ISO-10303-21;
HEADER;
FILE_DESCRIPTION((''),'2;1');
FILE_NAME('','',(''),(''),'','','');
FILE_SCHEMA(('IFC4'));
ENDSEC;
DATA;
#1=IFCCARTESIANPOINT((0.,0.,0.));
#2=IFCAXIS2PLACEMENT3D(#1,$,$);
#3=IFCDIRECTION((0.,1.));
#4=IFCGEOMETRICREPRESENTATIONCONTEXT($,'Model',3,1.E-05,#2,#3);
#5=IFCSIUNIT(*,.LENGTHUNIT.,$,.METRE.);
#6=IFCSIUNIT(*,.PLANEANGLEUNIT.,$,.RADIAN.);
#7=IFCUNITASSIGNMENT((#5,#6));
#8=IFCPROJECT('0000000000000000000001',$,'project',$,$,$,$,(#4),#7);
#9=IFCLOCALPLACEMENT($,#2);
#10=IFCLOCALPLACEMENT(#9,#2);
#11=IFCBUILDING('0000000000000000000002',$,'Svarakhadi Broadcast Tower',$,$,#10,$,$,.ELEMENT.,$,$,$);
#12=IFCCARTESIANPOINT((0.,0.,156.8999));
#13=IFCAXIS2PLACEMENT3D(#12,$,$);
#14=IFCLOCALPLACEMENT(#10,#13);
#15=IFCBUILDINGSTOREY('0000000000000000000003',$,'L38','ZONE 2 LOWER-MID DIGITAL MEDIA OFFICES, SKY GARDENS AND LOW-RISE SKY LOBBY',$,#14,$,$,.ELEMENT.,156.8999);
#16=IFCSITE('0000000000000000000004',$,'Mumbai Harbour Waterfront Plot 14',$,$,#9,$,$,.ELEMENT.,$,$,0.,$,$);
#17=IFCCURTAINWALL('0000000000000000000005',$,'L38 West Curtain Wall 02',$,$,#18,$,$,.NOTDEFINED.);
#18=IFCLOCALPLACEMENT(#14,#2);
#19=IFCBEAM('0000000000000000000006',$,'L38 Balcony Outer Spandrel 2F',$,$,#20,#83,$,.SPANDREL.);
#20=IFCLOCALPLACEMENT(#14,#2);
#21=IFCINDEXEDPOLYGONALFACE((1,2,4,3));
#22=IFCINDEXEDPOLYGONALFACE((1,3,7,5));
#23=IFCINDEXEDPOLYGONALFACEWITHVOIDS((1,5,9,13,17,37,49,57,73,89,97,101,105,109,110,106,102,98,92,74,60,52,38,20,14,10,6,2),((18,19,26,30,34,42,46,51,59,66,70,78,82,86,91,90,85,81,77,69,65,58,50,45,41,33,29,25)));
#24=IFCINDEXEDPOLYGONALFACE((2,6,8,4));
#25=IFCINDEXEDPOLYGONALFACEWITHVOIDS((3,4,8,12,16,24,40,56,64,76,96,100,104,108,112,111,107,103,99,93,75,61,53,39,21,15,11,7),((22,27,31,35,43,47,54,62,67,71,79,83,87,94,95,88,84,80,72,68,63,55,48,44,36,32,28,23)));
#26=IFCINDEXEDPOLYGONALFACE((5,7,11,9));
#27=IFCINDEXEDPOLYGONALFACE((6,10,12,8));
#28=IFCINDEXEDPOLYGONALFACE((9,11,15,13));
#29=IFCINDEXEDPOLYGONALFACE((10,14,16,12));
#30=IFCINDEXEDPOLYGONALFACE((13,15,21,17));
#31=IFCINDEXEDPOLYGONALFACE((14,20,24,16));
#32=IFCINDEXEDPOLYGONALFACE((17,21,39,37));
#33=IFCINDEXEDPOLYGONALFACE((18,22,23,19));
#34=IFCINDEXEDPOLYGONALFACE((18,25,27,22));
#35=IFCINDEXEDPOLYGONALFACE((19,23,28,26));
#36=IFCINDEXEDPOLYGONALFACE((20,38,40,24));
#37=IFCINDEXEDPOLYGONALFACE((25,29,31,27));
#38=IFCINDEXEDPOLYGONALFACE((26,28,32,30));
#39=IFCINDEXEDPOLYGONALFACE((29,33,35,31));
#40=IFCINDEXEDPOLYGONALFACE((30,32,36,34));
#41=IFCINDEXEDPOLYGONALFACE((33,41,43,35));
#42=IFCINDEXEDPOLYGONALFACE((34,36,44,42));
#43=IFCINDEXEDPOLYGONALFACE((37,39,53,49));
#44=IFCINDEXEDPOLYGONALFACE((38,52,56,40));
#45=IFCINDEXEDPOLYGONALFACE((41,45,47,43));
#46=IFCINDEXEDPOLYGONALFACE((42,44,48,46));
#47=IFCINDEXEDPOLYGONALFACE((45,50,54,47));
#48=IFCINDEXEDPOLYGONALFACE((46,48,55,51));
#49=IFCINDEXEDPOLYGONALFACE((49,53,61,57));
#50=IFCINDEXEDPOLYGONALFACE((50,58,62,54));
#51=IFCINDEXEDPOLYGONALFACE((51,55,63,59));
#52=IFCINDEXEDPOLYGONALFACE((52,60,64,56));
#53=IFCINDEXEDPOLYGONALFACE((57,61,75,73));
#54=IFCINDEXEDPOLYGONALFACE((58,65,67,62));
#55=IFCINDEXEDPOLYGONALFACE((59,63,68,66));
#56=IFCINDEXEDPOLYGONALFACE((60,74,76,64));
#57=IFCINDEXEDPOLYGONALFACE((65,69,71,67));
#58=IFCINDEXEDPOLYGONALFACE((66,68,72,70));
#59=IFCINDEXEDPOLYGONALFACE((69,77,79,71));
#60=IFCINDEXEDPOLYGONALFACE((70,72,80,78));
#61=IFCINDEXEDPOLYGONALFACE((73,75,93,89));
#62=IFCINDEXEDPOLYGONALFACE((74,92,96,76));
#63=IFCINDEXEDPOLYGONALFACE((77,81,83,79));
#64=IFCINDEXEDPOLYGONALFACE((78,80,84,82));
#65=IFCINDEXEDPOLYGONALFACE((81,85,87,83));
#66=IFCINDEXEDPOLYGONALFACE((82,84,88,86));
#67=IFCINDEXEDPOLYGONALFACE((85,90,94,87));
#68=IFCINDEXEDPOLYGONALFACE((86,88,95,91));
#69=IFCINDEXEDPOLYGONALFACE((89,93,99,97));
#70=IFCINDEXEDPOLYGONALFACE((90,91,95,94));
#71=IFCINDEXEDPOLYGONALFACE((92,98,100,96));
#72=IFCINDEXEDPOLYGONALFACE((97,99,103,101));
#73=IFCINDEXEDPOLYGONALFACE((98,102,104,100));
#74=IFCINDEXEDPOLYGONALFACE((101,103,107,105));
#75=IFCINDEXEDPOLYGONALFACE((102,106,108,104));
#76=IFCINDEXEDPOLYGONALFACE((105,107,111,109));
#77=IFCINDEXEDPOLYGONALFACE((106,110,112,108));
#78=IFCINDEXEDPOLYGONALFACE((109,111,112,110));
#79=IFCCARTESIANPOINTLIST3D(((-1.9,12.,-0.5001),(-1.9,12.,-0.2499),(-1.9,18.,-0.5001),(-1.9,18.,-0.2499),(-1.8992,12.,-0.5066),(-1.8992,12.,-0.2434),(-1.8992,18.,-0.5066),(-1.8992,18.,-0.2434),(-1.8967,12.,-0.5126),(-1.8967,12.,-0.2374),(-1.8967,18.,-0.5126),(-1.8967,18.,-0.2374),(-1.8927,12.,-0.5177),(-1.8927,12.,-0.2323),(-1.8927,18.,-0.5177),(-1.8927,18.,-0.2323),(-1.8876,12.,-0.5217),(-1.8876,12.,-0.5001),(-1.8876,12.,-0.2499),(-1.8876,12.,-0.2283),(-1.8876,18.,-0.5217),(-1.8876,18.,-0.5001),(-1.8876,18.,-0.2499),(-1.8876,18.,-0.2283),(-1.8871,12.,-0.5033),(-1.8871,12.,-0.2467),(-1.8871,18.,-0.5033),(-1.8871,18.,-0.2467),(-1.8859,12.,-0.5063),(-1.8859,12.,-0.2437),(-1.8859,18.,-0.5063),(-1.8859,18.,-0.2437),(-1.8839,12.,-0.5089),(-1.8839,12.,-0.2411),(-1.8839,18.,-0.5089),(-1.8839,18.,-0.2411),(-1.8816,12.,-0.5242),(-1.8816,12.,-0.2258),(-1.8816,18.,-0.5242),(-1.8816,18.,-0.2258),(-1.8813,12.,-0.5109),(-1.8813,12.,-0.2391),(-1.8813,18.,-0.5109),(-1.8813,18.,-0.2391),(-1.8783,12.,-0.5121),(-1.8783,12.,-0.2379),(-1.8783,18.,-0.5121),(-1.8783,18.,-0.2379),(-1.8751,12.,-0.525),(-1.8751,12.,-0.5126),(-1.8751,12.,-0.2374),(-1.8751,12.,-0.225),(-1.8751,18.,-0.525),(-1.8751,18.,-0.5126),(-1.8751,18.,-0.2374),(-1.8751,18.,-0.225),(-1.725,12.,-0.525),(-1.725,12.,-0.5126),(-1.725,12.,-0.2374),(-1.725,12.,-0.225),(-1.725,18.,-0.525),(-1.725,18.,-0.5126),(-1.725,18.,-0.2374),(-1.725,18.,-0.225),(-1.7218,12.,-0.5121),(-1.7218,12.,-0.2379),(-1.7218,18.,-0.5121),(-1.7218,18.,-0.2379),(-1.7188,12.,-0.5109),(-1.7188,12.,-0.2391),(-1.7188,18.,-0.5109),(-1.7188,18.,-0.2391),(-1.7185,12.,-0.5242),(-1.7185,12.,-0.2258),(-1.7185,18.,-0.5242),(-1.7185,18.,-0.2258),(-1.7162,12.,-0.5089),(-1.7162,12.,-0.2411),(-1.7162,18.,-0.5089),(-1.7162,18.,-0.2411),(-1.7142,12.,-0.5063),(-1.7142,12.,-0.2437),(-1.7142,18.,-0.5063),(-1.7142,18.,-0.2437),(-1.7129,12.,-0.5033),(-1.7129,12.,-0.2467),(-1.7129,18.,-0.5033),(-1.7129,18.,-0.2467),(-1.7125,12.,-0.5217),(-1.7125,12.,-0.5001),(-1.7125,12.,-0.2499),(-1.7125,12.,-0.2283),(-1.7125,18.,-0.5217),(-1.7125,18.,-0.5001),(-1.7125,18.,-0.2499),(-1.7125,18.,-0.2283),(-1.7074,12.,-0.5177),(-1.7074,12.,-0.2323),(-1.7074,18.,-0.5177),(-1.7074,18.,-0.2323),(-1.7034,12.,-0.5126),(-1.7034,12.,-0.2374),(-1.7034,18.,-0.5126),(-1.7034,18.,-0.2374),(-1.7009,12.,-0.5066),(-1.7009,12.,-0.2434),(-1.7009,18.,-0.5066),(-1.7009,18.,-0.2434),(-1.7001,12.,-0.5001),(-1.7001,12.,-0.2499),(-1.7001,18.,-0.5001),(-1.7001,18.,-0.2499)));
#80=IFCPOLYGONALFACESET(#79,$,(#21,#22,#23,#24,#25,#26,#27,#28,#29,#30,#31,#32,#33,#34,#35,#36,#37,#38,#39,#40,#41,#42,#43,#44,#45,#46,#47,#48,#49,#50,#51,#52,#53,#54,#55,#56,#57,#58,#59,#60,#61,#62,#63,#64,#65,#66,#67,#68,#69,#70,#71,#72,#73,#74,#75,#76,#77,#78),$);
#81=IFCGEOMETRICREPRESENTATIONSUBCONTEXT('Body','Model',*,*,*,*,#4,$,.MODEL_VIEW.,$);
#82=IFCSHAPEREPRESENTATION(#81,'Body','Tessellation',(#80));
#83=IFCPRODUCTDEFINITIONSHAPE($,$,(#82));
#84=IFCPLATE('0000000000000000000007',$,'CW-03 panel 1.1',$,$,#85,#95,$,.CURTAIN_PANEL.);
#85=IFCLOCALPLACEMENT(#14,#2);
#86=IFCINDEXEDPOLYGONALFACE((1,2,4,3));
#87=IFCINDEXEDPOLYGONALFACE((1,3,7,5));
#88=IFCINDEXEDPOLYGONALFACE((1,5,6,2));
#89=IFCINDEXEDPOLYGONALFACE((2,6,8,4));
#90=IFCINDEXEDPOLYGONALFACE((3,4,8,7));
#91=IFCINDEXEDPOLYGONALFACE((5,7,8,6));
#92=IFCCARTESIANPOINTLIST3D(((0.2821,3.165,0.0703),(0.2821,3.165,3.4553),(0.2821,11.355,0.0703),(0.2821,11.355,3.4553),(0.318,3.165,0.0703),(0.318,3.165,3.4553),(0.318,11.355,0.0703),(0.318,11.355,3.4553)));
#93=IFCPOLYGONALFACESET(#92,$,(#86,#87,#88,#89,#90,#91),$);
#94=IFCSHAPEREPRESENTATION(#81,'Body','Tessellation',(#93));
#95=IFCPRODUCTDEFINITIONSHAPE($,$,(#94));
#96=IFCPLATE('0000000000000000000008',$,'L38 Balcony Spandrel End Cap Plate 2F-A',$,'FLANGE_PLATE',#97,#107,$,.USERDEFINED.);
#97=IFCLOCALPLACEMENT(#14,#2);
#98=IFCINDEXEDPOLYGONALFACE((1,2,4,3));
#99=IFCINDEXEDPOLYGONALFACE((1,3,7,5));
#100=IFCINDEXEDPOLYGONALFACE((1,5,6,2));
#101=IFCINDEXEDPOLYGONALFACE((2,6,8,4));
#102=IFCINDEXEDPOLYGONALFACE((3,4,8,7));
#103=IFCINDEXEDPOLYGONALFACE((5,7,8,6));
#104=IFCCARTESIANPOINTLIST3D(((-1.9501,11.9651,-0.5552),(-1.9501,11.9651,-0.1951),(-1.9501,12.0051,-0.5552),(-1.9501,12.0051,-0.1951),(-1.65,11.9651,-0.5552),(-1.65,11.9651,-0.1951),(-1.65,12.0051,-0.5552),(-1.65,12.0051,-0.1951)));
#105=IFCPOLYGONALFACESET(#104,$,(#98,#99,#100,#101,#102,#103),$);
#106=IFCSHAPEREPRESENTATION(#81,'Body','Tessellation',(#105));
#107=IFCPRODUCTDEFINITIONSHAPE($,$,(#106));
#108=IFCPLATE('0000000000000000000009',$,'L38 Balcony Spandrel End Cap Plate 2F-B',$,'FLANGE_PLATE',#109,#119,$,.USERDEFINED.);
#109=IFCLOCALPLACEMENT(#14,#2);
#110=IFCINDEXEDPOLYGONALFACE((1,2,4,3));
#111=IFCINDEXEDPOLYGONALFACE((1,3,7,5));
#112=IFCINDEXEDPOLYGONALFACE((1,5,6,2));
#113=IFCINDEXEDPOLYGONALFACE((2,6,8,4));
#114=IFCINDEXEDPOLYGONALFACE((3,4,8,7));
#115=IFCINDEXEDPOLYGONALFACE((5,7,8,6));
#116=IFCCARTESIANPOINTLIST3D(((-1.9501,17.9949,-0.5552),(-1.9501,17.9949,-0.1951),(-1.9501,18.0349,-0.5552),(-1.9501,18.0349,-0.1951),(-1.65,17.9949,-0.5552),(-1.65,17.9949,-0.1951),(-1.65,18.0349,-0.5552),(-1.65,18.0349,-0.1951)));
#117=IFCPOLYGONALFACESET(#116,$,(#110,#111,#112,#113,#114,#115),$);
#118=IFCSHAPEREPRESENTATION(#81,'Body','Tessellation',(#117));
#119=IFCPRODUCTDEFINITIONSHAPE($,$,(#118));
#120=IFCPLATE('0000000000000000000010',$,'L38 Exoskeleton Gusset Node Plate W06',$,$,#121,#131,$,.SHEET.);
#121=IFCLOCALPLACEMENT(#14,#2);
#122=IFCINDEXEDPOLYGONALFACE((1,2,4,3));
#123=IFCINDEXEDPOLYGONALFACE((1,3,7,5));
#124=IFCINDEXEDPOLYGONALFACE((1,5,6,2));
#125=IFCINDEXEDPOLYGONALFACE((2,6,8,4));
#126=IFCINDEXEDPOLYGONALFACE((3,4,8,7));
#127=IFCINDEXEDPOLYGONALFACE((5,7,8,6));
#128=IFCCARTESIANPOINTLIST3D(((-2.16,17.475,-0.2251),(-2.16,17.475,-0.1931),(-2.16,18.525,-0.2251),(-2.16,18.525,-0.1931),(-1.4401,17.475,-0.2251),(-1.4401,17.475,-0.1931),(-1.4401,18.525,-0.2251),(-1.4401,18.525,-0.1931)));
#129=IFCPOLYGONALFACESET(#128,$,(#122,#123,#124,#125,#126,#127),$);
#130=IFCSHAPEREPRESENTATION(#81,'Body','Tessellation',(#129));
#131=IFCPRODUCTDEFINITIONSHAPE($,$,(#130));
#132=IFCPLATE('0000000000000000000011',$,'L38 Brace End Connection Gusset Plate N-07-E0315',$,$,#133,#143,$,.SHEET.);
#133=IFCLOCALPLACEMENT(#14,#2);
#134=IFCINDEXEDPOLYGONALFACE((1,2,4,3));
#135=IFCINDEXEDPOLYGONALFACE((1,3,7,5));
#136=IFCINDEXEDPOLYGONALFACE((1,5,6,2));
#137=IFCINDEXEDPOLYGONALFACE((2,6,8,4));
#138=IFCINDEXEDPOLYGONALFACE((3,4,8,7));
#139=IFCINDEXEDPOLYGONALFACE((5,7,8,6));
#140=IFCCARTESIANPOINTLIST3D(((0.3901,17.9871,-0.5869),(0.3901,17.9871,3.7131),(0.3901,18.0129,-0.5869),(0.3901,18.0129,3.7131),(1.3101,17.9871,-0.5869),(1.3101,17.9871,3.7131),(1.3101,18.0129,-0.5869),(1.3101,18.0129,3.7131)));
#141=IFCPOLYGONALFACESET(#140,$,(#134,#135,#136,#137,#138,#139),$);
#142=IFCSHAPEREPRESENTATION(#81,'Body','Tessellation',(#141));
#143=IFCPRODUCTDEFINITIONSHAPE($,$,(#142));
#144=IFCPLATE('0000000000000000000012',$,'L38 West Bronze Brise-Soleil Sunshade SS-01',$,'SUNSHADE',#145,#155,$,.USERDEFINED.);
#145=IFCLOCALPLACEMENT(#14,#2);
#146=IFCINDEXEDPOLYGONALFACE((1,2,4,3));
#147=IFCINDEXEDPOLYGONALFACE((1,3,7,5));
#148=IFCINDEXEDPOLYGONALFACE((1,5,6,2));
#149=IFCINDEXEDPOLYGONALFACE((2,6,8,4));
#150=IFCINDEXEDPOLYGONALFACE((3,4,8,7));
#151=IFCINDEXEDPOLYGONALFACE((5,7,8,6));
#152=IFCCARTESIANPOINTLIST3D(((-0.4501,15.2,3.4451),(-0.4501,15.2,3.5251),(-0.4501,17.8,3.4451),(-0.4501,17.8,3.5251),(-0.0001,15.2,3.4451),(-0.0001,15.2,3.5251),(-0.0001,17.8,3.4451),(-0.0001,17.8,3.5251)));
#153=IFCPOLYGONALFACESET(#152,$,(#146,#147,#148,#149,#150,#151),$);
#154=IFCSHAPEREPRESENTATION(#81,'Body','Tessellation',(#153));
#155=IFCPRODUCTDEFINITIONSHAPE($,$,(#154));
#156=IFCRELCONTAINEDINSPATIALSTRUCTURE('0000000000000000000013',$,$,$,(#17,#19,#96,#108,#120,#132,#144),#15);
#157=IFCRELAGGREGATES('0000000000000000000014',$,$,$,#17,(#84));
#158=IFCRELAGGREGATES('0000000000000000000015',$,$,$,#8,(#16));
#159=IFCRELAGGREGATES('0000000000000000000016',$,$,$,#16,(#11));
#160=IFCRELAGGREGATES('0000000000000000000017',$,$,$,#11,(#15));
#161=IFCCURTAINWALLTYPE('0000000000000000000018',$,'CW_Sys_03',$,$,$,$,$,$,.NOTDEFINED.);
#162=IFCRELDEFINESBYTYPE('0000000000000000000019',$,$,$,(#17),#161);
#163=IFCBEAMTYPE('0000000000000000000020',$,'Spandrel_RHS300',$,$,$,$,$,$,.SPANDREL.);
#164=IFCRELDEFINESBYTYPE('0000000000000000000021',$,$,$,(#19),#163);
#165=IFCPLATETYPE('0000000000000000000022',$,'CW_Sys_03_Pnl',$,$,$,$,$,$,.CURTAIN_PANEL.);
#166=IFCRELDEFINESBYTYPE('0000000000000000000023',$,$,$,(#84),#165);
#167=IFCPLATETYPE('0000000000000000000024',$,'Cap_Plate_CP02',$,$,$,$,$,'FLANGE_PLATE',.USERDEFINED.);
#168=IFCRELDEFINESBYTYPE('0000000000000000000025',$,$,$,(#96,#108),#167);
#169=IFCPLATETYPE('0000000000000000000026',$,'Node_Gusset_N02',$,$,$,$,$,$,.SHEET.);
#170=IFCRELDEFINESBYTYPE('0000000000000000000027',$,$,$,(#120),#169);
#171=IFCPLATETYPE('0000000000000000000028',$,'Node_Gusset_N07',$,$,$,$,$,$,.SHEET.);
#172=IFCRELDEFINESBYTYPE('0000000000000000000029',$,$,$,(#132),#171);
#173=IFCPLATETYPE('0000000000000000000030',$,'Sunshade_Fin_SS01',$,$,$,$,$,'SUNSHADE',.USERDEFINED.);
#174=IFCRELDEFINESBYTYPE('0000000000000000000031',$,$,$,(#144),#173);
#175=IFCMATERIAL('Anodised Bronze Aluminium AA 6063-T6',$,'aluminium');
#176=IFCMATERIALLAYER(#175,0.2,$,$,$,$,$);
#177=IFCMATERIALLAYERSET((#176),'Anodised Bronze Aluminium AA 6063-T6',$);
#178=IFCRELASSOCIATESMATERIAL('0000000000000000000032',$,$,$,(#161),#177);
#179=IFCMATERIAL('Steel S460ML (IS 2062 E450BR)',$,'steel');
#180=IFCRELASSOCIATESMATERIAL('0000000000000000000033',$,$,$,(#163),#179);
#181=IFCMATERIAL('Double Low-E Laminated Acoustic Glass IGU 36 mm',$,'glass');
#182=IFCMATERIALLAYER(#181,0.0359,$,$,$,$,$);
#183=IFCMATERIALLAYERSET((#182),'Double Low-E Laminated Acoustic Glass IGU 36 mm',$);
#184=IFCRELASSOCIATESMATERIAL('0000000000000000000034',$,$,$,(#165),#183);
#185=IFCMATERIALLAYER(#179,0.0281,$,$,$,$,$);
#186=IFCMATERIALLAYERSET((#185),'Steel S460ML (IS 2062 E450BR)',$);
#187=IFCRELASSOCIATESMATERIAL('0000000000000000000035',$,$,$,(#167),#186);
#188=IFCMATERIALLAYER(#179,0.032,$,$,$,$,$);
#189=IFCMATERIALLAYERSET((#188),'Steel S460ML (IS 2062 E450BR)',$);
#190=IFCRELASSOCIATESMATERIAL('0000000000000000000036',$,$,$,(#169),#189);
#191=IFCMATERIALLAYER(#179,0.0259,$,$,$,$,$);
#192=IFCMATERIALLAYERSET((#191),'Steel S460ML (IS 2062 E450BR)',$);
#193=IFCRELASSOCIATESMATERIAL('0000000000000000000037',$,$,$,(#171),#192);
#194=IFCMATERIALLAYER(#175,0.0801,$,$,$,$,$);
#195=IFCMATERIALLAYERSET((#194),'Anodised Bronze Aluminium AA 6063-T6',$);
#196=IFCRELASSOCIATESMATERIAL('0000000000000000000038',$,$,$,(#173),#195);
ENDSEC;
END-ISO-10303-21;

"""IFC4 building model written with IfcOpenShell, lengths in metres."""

from ifc_helpers import new_model, si_unit, direction, frame, origin, origin_2d, place, context, subcontext, project, spatial, rectangle, hollow_rectangle, extrude, material, layer, layer_set, material_profile, profile_set, type_object, element, aggregate, save


model = new_model("IFC4")

# Units and contexts
model_context = context("Model", 3, precision=1e-05, world=origin(), true_north=direction((0.0, 1.0)))
body_context = subcontext(model_context, "Body", "Model", "MODEL_VIEW")
ifc_project = project(units=[si_unit("LENGTHUNIT", "METRE"), si_unit("PLANEANGLEUNIT", "RADIAN")], contexts=[model_context])

# Site, building, storey
site_placement = place(None, origin())
site = spatial("IfcSite", under=ifc_project, at=site_placement, Name="Mumbai Harbour Waterfront Plot 14", CompositionType="ELEMENT", RefElevation=0.0)
building_placement = place(site_placement, origin())
building = spatial("IfcBuilding", under=site, at=building_placement, Name="Svarakhadi Broadcast Tower", CompositionType="ELEMENT")
storey_placement = place(building_placement, frame((0.0, 0.0, 156.8999)))
storey = spatial("IfcBuildingStorey", under=building, at=storey_placement, Name="L38", Description="ZONE 2 LOWER-MID DIGITAL MEDIA OFFICES, SKY GARDENS AND LOW-RISE SKY LOBBY", CompositionType="ELEMENT", Elevation=156.8999)

# Shared definitions
ifc_material_1 = material(Name="Steel S460ML (IS 2062 E450BR)", Category="steel")

# Curtain wall
ifc_material_2 = material(Name="Anodised Bronze Aluminium AA 6063-T6", Category="aluminium")
ifc_layer_1 = layer(ifc_material_2, 0.2)
ifc_layer_set_1 = layer_set([ifc_layer_1], Name="Anodised Bronze Aluminium AA 6063-T6")
curtain_wall_type = type_object("IfcCurtainWallType", Name="CW_Sys_03", PredefinedType="NOTDEFINED", material=ifc_layer_set_1)
curtain_wall_placement = place(storey_placement, origin())
curtain_wall = element("IfcCurtainWall", 1, at=curtain_wall_placement, inside=storey, type_object=curtain_wall_type, Name="L38 West Curtain Wall 02", PredefinedType="NOTDEFINED")

# Beam
ifc_material_profile_1 = material_profile(ifc_material_1, hollow_rectangle(XDim=0.2, YDim=0.3, WallThickness=0.0125, InnerFilletRadius=0.0125, OuterFilletRadius=0.0249, at=origin_2d()), Name="RHS 300x200x12.5")
ifc_profile_set_1 = profile_set([ifc_material_profile_1], Name="Steel S460ML (IS 2062 E450BR)")
beam_type_1 = type_object("IfcBeamType", Name="Spandrel_RHS300", PredefinedType="SPANDREL", material=ifc_profile_set_1)
beam_1_placement = place(storey_placement, frame((-1.8, 12.0, -0.375), z_axis=(0.0, 1.0, 0.0), x_axis=(-1.0, 0.0, 0.0)))
element("IfcBeam", 2, at=beam_1_placement, inside=storey, type_object=beam_type_1, Name="L38 Balcony Outer Spandrel 2F", PredefinedType="SPANDREL", context=body_context, shape_type="SweptSolid", body=[
    extrude(hollow_rectangle(XDim=0.2, YDim=0.3, WallThickness=0.0125, InnerFilletRadius=0.0125, OuterFilletRadius=0.0249, at=origin_2d()), origin(), (0.0, 0.0, 1.0), 6.0),
])

# Plate
ifc_material_3 = material(Name="Double Low-E Laminated Acoustic Glass IGU 36 mm", Category="glass")
ifc_layer_2 = layer(ifc_material_3, 0.0359)
ifc_layer_set_2 = layer_set([ifc_layer_2], Name="Double Low-E Laminated Acoustic Glass IGU 36 mm")
plate_type_1 = type_object("IfcPlateType", Name="CW_Sys_03_Pnl", PredefinedType="CURTAIN_PANEL", material=ifc_layer_set_2)
plate_1_placement = place(storey_placement, frame((0.3, 7.26, 0.0703), z_axis=(0.0, 0.0, 1.0), x_axis=(0.0, 1.0, 0.0)))
plate_1 = element("IfcPlate", 3, at=plate_1_placement, type_object=plate_type_1, Name="CW-03 panel 1.1", PredefinedType="CURTAIN_PANEL", context=body_context, shape_type="SweptSolid", body=[
    extrude(rectangle(XDim=8.1899, YDim=0.0359, at=origin_2d()), origin(), (0.0, 0.0, 1.0), 3.385),
])
aggregate(curtain_wall, [plate_1])

# Plates
ifc_layer_3 = layer(ifc_material_1, 0.0281)
ifc_layer_set_3 = layer_set([ifc_layer_3], Name="Steel S460ML (IS 2062 E450BR)")
plate_type_2 = type_object("IfcPlateType", Name="Cap_Plate_CP02", ElementType="FLANGE_PLATE", PredefinedType="USERDEFINED", material=ifc_layer_set_3)
for number, where, z_axis, x_axis, name in (
    (4, (-1.8, 11.9851, -0.5552), (0.0, 0.0, 1.0), (1.0, 0.0, 0.0), "L38 Balcony Spandrel End Cap Plate 2F-A"),
    (5, (-1.8, 18.0149, -0.5552), (0.0, 0.0, 1.0), (1.0, 0.0, 0.0), "L38 Balcony Spandrel End Cap Plate 2F-B"),
):
    element("IfcPlate", number, at=place(storey_placement, frame(where, z_axis=z_axis, x_axis=x_axis)), inside=storey, type_object=plate_type_2, Name=name, ObjectType="FLANGE_PLATE", PredefinedType="USERDEFINED", context=body_context, shape_type="SweptSolid", body=[
        extrude(rectangle(XDim=0.3, YDim=0.04, at=origin_2d()), origin(), (0.0, 0.0, 1.0), 0.3601),
    ])
ifc_layer_4 = layer(ifc_material_1, 0.032)
ifc_layer_set_4 = layer_set([ifc_layer_4], Name="Steel S460ML (IS 2062 E450BR)")
plate_type_3 = type_object("IfcPlateType", Name="Node_Gusset_N02", PredefinedType="SHEET", material=ifc_layer_set_4)
plate_2_placement = place(storey_placement, frame((-1.8, 18.0, -0.2251), z_axis=(0.0, 0.0, 1.0), x_axis=(0.0, 1.0, 0.0)))
element("IfcPlate", 6, at=plate_2_placement, inside=storey, type_object=plate_type_3, Name="L38 Exoskeleton Gusset Node Plate W06", PredefinedType="SHEET", context=body_context, shape_type="SweptSolid", body=[
    extrude(rectangle(XDim=1.05, YDim=0.72, at=origin_2d()), origin(), (0.0, 0.0, 1.0), 0.032),
])
ifc_layer_5 = layer(ifc_material_1, 0.0259)
ifc_layer_set_5 = layer_set([ifc_layer_5], Name="Steel S460ML (IS 2062 E450BR)")
plate_type_4 = type_object("IfcPlateType", Name="Node_Gusset_N07", PredefinedType="SHEET", material=ifc_layer_set_5)
plate_3_placement = place(storey_placement, frame((0.8501, 18.0, -0.5869), z_axis=(0.0, 0.0, 1.0), x_axis=(1.0, 0.0, 0.0)))
element("IfcPlate", 7, at=plate_3_placement, inside=storey, type_object=plate_type_4, Name="L38 Brace End Connection Gusset Plate N-07-E0315", PredefinedType="SHEET", context=body_context, shape_type="SweptSolid", body=[
    extrude(rectangle(XDim=0.9199, YDim=0.0259, at=origin_2d()), origin(), (0.0, 0.0, 1.0), 4.3),
])
ifc_layer_6 = layer(ifc_material_2, 0.0801)
ifc_layer_set_6 = layer_set([ifc_layer_6], Name="Anodised Bronze Aluminium AA 6063-T6")
plate_type_5 = type_object("IfcPlateType", Name="Sunshade_Fin_SS01", ElementType="SUNSHADE", PredefinedType="USERDEFINED", material=ifc_layer_set_6)
plate_4_placement = place(storey_placement, frame((-0.2251, 16.5, 3.4451), z_axis=(0.0, 0.0, 1.0), x_axis=(0.0, 1.0, 0.0)))
element("IfcPlate", 8, at=plate_4_placement, inside=storey, type_object=plate_type_5, Name="L38 West Bronze Brise-Soleil Sunshade SS-01", ObjectType="SUNSHADE", PredefinedType="USERDEFINED", context=body_context, shape_type="SweptSolid", body=[
    extrude(rectangle(XDim=2.6001, YDim=0.45, at=origin_2d()), origin(), (0.0, 0.0, 1.0), 0.0801),
])

save(model, "model.ifc")
